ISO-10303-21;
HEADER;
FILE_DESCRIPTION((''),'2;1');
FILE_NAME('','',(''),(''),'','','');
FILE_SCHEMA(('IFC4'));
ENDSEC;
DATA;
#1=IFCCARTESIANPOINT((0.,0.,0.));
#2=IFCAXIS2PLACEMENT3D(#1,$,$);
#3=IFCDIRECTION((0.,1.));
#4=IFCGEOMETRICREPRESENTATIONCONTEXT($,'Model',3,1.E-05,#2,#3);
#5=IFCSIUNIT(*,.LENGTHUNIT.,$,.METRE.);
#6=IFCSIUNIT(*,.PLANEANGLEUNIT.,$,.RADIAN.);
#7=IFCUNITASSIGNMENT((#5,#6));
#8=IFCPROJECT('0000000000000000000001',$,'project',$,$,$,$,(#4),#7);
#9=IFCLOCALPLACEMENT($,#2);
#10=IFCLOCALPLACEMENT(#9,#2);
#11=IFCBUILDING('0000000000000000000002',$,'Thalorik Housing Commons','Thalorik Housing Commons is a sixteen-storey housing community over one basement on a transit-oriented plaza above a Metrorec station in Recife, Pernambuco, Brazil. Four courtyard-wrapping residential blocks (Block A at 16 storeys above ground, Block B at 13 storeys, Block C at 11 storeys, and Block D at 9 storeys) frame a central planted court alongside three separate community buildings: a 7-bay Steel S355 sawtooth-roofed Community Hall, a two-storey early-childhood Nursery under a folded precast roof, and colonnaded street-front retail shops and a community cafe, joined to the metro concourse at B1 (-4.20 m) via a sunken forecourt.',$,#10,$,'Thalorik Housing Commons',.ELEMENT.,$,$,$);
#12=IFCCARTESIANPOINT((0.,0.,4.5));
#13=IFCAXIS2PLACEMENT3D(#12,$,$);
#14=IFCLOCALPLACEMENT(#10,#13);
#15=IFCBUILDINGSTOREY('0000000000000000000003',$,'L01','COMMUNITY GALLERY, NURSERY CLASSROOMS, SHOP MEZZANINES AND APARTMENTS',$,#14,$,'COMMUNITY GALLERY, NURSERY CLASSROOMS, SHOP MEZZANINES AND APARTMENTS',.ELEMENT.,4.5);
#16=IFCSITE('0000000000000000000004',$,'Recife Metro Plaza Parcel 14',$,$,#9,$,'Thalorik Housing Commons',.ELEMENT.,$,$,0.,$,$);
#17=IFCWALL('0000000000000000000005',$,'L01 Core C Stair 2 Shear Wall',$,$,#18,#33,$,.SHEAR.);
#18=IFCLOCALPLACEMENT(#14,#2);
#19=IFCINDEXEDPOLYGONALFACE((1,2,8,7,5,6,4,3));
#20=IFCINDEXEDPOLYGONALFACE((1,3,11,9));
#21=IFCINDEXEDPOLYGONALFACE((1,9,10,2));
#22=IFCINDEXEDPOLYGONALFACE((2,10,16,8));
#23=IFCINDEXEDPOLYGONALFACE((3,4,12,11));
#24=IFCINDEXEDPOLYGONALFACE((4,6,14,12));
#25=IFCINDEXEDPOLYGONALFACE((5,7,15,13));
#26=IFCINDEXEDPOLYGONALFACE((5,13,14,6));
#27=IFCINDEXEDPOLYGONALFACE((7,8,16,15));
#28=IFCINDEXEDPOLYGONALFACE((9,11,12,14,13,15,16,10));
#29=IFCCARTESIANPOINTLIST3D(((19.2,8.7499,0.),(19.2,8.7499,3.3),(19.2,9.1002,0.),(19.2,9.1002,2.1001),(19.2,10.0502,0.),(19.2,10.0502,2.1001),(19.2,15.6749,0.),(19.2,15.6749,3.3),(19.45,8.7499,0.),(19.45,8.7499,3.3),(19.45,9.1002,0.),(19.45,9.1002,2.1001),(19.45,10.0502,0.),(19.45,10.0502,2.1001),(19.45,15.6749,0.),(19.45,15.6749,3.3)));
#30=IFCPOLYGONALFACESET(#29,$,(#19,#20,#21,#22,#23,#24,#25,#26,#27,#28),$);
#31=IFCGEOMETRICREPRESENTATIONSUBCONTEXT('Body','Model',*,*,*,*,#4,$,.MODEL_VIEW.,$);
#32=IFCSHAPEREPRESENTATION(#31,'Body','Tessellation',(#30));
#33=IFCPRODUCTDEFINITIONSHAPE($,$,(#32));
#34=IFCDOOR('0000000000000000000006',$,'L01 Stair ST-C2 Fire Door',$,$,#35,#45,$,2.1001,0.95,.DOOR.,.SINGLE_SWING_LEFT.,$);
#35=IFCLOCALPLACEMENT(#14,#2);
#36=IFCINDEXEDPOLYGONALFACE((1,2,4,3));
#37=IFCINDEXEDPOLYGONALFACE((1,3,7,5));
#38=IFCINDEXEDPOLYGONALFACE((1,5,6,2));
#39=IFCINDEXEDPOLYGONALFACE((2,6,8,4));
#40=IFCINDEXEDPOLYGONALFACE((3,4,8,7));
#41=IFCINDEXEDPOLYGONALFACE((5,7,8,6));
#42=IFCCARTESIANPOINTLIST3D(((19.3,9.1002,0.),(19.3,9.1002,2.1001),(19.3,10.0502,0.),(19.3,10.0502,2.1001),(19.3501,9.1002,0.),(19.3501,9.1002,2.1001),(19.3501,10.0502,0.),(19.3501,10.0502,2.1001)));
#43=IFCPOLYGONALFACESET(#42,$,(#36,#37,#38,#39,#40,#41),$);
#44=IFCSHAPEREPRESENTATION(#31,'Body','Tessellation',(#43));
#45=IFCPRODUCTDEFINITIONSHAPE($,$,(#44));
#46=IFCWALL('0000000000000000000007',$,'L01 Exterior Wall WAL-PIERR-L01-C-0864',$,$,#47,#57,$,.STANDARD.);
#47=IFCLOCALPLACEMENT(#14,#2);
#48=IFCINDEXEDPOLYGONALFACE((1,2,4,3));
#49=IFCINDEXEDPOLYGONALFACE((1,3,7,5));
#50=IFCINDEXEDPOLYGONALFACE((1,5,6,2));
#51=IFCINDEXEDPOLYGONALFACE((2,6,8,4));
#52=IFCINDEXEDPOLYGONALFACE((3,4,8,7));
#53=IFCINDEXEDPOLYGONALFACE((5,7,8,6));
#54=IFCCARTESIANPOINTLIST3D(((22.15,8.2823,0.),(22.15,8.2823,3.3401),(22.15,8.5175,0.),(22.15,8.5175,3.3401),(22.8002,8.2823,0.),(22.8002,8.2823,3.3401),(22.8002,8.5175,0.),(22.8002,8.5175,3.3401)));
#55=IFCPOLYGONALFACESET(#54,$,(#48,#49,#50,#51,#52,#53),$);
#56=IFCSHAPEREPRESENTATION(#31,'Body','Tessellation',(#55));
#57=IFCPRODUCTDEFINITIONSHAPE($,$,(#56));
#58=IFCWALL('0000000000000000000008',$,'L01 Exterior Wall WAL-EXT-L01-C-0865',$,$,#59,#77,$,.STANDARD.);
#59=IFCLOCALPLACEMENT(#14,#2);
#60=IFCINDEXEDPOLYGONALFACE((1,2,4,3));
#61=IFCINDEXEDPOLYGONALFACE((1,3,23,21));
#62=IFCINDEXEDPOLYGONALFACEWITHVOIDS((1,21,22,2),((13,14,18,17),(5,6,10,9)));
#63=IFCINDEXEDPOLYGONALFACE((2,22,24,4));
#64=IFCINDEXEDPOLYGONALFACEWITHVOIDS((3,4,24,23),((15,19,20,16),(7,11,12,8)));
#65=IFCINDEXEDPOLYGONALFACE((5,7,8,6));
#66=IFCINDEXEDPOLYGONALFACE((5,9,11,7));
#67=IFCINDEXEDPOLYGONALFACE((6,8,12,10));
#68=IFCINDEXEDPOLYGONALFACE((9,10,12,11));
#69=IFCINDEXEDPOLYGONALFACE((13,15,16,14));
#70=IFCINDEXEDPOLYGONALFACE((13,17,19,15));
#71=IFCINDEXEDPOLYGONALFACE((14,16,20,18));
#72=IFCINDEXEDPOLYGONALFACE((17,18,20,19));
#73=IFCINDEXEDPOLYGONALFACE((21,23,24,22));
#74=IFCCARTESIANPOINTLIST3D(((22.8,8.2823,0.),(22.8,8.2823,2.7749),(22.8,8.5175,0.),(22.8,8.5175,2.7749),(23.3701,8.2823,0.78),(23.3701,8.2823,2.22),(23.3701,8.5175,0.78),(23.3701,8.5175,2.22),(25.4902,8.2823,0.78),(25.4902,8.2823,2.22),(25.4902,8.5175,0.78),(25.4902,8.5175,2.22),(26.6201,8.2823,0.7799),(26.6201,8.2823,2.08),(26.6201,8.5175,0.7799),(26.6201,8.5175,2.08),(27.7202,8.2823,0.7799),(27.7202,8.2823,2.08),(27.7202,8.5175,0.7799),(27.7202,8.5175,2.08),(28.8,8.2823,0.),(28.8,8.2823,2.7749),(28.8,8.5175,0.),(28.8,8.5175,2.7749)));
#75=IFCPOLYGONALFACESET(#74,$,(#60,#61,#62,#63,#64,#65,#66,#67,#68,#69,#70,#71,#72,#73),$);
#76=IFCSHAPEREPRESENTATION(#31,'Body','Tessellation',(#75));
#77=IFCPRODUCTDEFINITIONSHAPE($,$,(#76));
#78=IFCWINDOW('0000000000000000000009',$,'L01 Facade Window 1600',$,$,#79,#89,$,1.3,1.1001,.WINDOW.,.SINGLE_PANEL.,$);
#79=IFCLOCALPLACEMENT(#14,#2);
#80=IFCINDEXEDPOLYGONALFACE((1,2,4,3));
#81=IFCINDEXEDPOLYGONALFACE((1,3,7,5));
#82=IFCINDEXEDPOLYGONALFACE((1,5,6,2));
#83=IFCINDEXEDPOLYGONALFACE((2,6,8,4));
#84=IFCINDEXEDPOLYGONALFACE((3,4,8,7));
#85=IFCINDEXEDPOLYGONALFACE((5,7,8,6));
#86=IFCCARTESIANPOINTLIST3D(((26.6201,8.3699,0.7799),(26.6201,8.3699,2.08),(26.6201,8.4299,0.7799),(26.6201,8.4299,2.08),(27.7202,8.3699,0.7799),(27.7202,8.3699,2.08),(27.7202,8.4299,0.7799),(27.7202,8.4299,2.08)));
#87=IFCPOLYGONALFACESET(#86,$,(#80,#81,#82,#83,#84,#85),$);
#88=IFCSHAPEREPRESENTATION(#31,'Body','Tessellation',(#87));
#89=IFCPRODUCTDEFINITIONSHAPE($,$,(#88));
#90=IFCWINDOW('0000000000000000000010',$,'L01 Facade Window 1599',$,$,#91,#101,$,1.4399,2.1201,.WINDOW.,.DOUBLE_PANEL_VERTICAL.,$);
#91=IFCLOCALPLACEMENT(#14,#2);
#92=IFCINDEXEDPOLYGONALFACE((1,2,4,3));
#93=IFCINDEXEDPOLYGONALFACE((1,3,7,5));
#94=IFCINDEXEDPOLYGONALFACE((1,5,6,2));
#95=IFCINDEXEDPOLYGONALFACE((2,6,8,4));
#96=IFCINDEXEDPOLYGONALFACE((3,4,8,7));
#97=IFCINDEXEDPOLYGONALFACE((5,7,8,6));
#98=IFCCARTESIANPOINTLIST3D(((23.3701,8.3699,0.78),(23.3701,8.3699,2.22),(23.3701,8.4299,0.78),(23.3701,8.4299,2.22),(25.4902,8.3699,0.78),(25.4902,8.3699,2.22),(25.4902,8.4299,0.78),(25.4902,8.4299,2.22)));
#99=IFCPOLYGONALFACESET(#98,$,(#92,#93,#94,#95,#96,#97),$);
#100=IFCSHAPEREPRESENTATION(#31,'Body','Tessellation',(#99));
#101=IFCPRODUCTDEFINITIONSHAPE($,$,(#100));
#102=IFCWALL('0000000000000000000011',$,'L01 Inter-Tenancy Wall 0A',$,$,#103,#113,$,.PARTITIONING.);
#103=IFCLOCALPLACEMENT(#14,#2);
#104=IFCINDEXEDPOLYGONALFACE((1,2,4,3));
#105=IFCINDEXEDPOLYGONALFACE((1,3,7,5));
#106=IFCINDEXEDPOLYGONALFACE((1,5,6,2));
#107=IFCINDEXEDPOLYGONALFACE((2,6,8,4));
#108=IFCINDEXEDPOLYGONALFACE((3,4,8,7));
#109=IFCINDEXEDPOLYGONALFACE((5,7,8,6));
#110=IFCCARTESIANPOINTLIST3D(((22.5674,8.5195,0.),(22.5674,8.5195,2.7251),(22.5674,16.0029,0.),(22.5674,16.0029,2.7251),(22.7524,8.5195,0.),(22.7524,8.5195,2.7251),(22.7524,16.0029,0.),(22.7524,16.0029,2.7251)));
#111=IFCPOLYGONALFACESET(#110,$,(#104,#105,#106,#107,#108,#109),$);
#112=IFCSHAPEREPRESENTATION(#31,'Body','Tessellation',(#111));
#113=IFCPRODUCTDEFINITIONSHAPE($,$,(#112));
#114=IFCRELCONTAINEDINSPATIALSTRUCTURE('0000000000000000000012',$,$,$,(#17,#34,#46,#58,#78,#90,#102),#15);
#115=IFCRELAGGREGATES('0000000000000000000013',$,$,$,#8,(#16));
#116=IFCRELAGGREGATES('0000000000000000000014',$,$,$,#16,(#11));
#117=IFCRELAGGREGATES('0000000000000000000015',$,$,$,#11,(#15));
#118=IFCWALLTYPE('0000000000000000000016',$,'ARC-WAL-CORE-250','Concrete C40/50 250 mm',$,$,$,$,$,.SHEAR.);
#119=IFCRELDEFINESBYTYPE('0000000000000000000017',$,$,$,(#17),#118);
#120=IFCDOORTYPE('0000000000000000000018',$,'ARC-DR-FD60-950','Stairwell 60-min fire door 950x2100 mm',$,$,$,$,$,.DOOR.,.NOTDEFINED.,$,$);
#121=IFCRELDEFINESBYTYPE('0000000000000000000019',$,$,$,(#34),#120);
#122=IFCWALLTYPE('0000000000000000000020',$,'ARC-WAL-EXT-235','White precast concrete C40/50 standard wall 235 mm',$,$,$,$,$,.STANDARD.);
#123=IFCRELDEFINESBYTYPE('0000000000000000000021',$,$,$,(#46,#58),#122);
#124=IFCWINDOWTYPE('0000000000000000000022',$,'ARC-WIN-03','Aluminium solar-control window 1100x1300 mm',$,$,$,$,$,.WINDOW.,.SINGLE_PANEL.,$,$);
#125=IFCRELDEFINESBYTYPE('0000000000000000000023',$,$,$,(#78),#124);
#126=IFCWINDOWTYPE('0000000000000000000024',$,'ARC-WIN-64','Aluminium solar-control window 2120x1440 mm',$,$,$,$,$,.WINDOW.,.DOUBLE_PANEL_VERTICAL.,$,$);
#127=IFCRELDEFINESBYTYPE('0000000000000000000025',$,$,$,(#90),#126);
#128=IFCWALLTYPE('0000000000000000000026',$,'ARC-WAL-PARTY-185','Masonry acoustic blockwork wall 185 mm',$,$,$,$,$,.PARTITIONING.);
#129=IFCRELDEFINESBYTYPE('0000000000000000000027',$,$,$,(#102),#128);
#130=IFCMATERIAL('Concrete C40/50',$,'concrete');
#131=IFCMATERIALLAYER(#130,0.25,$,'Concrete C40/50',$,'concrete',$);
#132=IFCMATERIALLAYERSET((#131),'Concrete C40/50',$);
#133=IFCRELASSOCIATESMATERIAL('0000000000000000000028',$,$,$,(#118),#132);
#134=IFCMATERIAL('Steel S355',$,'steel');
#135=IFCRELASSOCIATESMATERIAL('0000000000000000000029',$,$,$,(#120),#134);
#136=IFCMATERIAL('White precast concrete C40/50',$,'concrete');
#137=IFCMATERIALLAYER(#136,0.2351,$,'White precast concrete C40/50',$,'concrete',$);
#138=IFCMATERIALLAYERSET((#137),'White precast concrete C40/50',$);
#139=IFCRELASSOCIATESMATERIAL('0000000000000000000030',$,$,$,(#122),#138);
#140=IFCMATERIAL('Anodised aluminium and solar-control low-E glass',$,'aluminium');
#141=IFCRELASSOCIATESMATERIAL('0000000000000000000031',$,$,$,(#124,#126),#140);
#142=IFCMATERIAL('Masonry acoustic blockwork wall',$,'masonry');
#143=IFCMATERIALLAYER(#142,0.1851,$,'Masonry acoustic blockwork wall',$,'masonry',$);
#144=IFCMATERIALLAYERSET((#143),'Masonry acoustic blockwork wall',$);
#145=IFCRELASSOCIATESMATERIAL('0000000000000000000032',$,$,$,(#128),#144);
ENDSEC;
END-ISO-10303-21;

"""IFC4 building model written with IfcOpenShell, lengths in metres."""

from ifc_helpers import new_model, si_unit, direction, frame, frame_2d, origin, place, context, subcontext, project, spatial, rectangle, extrude, material, layer, layer_set, type_object, element, fill, save


model = new_model("IFC4")

# Units and contexts
model_context = context("Model", 3, precision=1e-05, world=origin(), true_north=direction((0.0, 1.0)))
body_context = subcontext(model_context, "Body", "Model", "MODEL_VIEW")
ifc_project = project(units=[si_unit("LENGTHUNIT", "METRE"), si_unit("PLANEANGLEUNIT", "RADIAN")], contexts=[model_context])

# Site, building, storey
site_placement = place(None, origin())
site = spatial("IfcSite", under=ifc_project, at=site_placement, Name="Recife Metro Plaza Parcel 14", LongName="Thalorik Housing Commons", CompositionType="ELEMENT", RefElevation=0.0)
building_placement = place(site_placement, origin())
building = spatial("IfcBuilding", under=site, at=building_placement, Name="Thalorik Housing Commons", Description="Thalorik Housing Commons is a sixteen-storey housing community over one basement on a transit-oriented plaza above a Metrorec station in Recife, Pernambuco, Brazil. Four courtyard-wrapping residential blocks (Block A at 16 storeys above ground, Block B at 13 storeys, Block C at 11 storeys, and Block D at 9 storeys) frame a central planted court alongside three separate community buildings: a 7-bay Steel S355 sawtooth-roofed Community Hall, a two-storey early-childhood Nursery under a folded precast roof, and colonnaded street-front retail shops and a community cafe, joined to the metro concourse at B1 (-4.20 m) via a sunken forecourt.", LongName="Thalorik Housing Commons", CompositionType="ELEMENT")
storey_placement = place(building_placement, frame((0.0, 0.0, 4.5)))
storey = spatial("IfcBuildingStorey", under=building, at=storey_placement, Name="L01", Description="COMMUNITY GALLERY, NURSERY CLASSROOMS, SHOP MEZZANINES AND APARTMENTS", LongName="COMMUNITY GALLERY, NURSERY CLASSROOMS, SHOP MEZZANINES AND APARTMENTS", CompositionType="ELEMENT", Elevation=4.5)

# Shared definitions
ifc_material_1 = material(Name="Anodised aluminium and solar-control low-E glass", Category="aluminium")

# Wall, opening, door
ifc_material_2 = material(Name="Concrete C40/50", Category="concrete")
ifc_layer_1 = layer(ifc_material_2, 0.25, Name="Concrete C40/50", Category="concrete")
ifc_layer_set_1 = layer_set([ifc_layer_1], Name="Concrete C40/50")
wall_type_1 = type_object("IfcWallType", Name="ARC-WAL-CORE-250", Description="Concrete C40/50 250 mm", PredefinedType="SHEAR", material=ifc_layer_set_1)
wall_1_placement = place(storey_placement, frame((19.325, 8.75, 0.0), z_axis=(0.0, 0.0, 1.0), x_axis=(0.0, 1.0, 0.0)))
wall_1 = element("IfcWall", 1, at=wall_1_placement, inside=storey, type_object=wall_type_1, Name="L01 Core C Stair 2 Shear Wall", PredefinedType="SHEAR", context=body_context, shape_type="SweptSolid", body=[
    extrude(rectangle(XDim=6.925, YDim=0.25, at=frame_2d((3.4624, 0.0))), origin(), (0.0, 0.0, 1.0), 3.3),
])
opening_1_placement = place(wall_1_placement, frame((0.3501, 0.0, 0.0)))
opening_1 = element("IfcOpeningElement", 2, at=opening_1_placement, cuts=wall_1, PredefinedType="OPENING", context=body_context, shape_type="SweptSolid", body=[
    extrude(rectangle(XDim=0.95, YDim=2.1001, at=frame_2d((0.4751, 1.05))), frame((0.0, 0.135, 0.0), z_axis=(0.0, -1.0, 0.0), x_axis=(1.0, 0.0, 0.0)), (0.0, 0.0, 1.0), 0.27),
])
ifc_material_3 = material(Name="Steel S355", Category="steel")
door_type = type_object("IfcDoorType", Name="ARC-DR-FD60-950", Description="Stairwell 60-min fire door 950x2100 mm", OperationType="NOTDEFINED", PredefinedType="DOOR", material=ifc_material_3)
door_placement = place(opening_1_placement, origin())
door = element("IfcDoor", 3, at=door_placement, inside=storey, type_object=door_type, Name="L01 Stair ST-C2 Fire Door", OperationType="SINGLE_SWING_LEFT", OverallHeight=2.1001, OverallWidth=0.95, PredefinedType="DOOR", context=body_context, shape_type="SweptSolid", body=[
    extrude(rectangle(XDim=0.95, YDim=2.1001, at=frame_2d((0.4751, 1.05))), frame((0.0, 0.0249, 0.0), z_axis=(0.0, -1.0, 0.0), x_axis=(1.0, 0.0, 0.0)), (0.0, 0.0, 1.0), 0.05),
])
fill(opening_1, door)

# Wall
ifc_material_4 = material(Name="White precast concrete C40/50", Category="concrete")
ifc_layer_2 = layer(ifc_material_4, 0.2351, Name="White precast concrete C40/50", Category="concrete")
ifc_layer_set_2 = layer_set([ifc_layer_2], Name="White precast concrete C40/50")
wall_type_2 = type_object("IfcWallType", Name="ARC-WAL-EXT-235", Description="White precast concrete C40/50 standard wall 235 mm", PredefinedType="STANDARD", material=ifc_layer_set_2)
wall_2_placement = place(storey_placement, frame((22.1499, 8.3999, 0.0), z_axis=(0.0, 0.0, 1.0), x_axis=(1.0, 0.0, 0.0)))
element("IfcWall", 4, at=wall_2_placement, inside=storey, type_object=wall_type_2, Name="L01 Exterior Wall WAL-PIERR-L01-C-0864", PredefinedType="STANDARD", context=body_context, shape_type="SweptSolid", body=[
    extrude(rectangle(XDim=0.6501, YDim=0.2351, at=frame_2d((0.3252, 0.0))), origin(), (0.0, 0.0, 1.0), 3.3401),
])

# Wall, openings, windows
wall_3_placement = place(storey_placement, frame((22.8, 8.3999, 0.0), z_axis=(0.0, 0.0, 1.0), x_axis=(1.0, 0.0, 0.0)))
wall_3 = element("IfcWall", 5, at=wall_3_placement, inside=storey, type_object=wall_type_2, Name="L01 Exterior Wall WAL-EXT-L01-C-0865", PredefinedType="STANDARD", context=body_context, shape_type="SweptSolid", body=[
    extrude(rectangle(XDim=6.0, YDim=0.2351, at=frame_2d((3.0, 0.0))), origin(), (0.0, 0.0, 1.0), 2.7749),
])
opening_2_placement = place(wall_3_placement, frame((0.5701, 0.0, 0.78)))
opening_2 = element("IfcOpeningElement", 6, at=opening_2_placement, cuts=wall_3, PredefinedType="OPENING", context=body_context, shape_type="SweptSolid", body=[
    extrude(rectangle(XDim=2.1201, YDim=1.4399, at=frame_2d((1.0601, 0.72))), frame((0.0, 0.1274, 0.0), z_axis=(0.0, -1.0, 0.0), x_axis=(1.0, 0.0, 0.0)), (0.0, 0.0, 1.0), 0.2551),
])
opening_3_placement = place(wall_3_placement, frame((3.8201, 0.0, 0.78)))
opening_3 = element("IfcOpeningElement", 7, at=opening_3_placement, cuts=wall_3, PredefinedType="OPENING", context=body_context, shape_type="SweptSolid", body=[
    extrude(rectangle(XDim=1.1001, YDim=1.3, at=frame_2d((0.55, 0.6499))), frame((0.0, 0.1274, 0.0), z_axis=(0.0, -1.0, 0.0), x_axis=(1.0, 0.0, 0.0)), (0.0, 0.0, 1.0), 0.2551),
])
window_type_1 = type_object("IfcWindowType", Name="ARC-WIN-03", Description="Aluminium solar-control window 1100x1300 mm", PartitioningType="SINGLE_PANEL", PredefinedType="WINDOW", material=ifc_material_1)
window_1_placement = place(opening_3_placement, origin())
window_1 = element("IfcWindow", 8, at=window_1_placement, inside=storey, type_object=window_type_1, Name="L01 Facade Window 1600", OverallHeight=1.3, OverallWidth=1.1001, PartitioningType="SINGLE_PANEL", PredefinedType="WINDOW", context=body_context, shape_type="SweptSolid", body=[
    extrude(rectangle(XDim=1.1001, YDim=1.3, at=frame_2d((0.55, 0.6499))), frame((0.0, 0.03, 0.0), z_axis=(0.0, -1.0, 0.0), x_axis=(1.0, 0.0, 0.0)), (0.0, 0.0, 1.0), 0.0601),
])
fill(opening_3, window_1)
window_type_2 = type_object("IfcWindowType", Name="ARC-WIN-64", Description="Aluminium solar-control window 2120x1440 mm", PartitioningType="DOUBLE_PANEL_VERTICAL", PredefinedType="WINDOW", material=ifc_material_1)
window_2_placement = place(opening_2_placement, origin())
window_2 = element("IfcWindow", 9, at=window_2_placement, inside=storey, type_object=window_type_2, Name="L01 Facade Window 1599", OverallHeight=1.4399, OverallWidth=2.1201, PartitioningType="DOUBLE_PANEL_VERTICAL", PredefinedType="WINDOW", context=body_context, shape_type="SweptSolid", body=[
    extrude(rectangle(XDim=2.1201, YDim=1.4399, at=frame_2d((1.0601, 0.72))), frame((0.0, 0.03, 0.0), z_axis=(0.0, -1.0, 0.0), x_axis=(1.0, 0.0, 0.0)), (0.0, 0.0, 1.0), 0.0601),
])
fill(opening_2, window_2)

# Wall
ifc_material_5 = material(Name="Masonry acoustic blockwork wall", Category="masonry")
ifc_layer_3 = layer(ifc_material_5, 0.1851, Name="Masonry acoustic blockwork wall", Category="masonry")
ifc_layer_set_3 = layer_set([ifc_layer_3], Name="Masonry acoustic blockwork wall")
wall_type_3 = type_object("IfcWallType", Name="ARC-WAL-PARTY-185", Description="Masonry acoustic blockwork wall 185 mm", PredefinedType="PARTITIONING", material=ifc_layer_set_3)
wall_4_placement = place(storey_placement, frame((22.6599, 8.5195, 0.0), z_axis=(0.0, 0.0, 1.0), x_axis=(0.0, 1.0, 0.0)))
element("IfcWall", 10, at=wall_4_placement, inside=storey, type_object=wall_type_3, Name="L01 Inter-Tenancy Wall 0A", PredefinedType="PARTITIONING", context=body_context, shape_type="SweptSolid", body=[
    extrude(rectangle(XDim=7.4834, YDim=0.1851, at=frame_2d((3.7417, 0.0))), origin(), (0.0, 0.0, 1.0), 2.7251),
])

save(model, "model.ifc")
